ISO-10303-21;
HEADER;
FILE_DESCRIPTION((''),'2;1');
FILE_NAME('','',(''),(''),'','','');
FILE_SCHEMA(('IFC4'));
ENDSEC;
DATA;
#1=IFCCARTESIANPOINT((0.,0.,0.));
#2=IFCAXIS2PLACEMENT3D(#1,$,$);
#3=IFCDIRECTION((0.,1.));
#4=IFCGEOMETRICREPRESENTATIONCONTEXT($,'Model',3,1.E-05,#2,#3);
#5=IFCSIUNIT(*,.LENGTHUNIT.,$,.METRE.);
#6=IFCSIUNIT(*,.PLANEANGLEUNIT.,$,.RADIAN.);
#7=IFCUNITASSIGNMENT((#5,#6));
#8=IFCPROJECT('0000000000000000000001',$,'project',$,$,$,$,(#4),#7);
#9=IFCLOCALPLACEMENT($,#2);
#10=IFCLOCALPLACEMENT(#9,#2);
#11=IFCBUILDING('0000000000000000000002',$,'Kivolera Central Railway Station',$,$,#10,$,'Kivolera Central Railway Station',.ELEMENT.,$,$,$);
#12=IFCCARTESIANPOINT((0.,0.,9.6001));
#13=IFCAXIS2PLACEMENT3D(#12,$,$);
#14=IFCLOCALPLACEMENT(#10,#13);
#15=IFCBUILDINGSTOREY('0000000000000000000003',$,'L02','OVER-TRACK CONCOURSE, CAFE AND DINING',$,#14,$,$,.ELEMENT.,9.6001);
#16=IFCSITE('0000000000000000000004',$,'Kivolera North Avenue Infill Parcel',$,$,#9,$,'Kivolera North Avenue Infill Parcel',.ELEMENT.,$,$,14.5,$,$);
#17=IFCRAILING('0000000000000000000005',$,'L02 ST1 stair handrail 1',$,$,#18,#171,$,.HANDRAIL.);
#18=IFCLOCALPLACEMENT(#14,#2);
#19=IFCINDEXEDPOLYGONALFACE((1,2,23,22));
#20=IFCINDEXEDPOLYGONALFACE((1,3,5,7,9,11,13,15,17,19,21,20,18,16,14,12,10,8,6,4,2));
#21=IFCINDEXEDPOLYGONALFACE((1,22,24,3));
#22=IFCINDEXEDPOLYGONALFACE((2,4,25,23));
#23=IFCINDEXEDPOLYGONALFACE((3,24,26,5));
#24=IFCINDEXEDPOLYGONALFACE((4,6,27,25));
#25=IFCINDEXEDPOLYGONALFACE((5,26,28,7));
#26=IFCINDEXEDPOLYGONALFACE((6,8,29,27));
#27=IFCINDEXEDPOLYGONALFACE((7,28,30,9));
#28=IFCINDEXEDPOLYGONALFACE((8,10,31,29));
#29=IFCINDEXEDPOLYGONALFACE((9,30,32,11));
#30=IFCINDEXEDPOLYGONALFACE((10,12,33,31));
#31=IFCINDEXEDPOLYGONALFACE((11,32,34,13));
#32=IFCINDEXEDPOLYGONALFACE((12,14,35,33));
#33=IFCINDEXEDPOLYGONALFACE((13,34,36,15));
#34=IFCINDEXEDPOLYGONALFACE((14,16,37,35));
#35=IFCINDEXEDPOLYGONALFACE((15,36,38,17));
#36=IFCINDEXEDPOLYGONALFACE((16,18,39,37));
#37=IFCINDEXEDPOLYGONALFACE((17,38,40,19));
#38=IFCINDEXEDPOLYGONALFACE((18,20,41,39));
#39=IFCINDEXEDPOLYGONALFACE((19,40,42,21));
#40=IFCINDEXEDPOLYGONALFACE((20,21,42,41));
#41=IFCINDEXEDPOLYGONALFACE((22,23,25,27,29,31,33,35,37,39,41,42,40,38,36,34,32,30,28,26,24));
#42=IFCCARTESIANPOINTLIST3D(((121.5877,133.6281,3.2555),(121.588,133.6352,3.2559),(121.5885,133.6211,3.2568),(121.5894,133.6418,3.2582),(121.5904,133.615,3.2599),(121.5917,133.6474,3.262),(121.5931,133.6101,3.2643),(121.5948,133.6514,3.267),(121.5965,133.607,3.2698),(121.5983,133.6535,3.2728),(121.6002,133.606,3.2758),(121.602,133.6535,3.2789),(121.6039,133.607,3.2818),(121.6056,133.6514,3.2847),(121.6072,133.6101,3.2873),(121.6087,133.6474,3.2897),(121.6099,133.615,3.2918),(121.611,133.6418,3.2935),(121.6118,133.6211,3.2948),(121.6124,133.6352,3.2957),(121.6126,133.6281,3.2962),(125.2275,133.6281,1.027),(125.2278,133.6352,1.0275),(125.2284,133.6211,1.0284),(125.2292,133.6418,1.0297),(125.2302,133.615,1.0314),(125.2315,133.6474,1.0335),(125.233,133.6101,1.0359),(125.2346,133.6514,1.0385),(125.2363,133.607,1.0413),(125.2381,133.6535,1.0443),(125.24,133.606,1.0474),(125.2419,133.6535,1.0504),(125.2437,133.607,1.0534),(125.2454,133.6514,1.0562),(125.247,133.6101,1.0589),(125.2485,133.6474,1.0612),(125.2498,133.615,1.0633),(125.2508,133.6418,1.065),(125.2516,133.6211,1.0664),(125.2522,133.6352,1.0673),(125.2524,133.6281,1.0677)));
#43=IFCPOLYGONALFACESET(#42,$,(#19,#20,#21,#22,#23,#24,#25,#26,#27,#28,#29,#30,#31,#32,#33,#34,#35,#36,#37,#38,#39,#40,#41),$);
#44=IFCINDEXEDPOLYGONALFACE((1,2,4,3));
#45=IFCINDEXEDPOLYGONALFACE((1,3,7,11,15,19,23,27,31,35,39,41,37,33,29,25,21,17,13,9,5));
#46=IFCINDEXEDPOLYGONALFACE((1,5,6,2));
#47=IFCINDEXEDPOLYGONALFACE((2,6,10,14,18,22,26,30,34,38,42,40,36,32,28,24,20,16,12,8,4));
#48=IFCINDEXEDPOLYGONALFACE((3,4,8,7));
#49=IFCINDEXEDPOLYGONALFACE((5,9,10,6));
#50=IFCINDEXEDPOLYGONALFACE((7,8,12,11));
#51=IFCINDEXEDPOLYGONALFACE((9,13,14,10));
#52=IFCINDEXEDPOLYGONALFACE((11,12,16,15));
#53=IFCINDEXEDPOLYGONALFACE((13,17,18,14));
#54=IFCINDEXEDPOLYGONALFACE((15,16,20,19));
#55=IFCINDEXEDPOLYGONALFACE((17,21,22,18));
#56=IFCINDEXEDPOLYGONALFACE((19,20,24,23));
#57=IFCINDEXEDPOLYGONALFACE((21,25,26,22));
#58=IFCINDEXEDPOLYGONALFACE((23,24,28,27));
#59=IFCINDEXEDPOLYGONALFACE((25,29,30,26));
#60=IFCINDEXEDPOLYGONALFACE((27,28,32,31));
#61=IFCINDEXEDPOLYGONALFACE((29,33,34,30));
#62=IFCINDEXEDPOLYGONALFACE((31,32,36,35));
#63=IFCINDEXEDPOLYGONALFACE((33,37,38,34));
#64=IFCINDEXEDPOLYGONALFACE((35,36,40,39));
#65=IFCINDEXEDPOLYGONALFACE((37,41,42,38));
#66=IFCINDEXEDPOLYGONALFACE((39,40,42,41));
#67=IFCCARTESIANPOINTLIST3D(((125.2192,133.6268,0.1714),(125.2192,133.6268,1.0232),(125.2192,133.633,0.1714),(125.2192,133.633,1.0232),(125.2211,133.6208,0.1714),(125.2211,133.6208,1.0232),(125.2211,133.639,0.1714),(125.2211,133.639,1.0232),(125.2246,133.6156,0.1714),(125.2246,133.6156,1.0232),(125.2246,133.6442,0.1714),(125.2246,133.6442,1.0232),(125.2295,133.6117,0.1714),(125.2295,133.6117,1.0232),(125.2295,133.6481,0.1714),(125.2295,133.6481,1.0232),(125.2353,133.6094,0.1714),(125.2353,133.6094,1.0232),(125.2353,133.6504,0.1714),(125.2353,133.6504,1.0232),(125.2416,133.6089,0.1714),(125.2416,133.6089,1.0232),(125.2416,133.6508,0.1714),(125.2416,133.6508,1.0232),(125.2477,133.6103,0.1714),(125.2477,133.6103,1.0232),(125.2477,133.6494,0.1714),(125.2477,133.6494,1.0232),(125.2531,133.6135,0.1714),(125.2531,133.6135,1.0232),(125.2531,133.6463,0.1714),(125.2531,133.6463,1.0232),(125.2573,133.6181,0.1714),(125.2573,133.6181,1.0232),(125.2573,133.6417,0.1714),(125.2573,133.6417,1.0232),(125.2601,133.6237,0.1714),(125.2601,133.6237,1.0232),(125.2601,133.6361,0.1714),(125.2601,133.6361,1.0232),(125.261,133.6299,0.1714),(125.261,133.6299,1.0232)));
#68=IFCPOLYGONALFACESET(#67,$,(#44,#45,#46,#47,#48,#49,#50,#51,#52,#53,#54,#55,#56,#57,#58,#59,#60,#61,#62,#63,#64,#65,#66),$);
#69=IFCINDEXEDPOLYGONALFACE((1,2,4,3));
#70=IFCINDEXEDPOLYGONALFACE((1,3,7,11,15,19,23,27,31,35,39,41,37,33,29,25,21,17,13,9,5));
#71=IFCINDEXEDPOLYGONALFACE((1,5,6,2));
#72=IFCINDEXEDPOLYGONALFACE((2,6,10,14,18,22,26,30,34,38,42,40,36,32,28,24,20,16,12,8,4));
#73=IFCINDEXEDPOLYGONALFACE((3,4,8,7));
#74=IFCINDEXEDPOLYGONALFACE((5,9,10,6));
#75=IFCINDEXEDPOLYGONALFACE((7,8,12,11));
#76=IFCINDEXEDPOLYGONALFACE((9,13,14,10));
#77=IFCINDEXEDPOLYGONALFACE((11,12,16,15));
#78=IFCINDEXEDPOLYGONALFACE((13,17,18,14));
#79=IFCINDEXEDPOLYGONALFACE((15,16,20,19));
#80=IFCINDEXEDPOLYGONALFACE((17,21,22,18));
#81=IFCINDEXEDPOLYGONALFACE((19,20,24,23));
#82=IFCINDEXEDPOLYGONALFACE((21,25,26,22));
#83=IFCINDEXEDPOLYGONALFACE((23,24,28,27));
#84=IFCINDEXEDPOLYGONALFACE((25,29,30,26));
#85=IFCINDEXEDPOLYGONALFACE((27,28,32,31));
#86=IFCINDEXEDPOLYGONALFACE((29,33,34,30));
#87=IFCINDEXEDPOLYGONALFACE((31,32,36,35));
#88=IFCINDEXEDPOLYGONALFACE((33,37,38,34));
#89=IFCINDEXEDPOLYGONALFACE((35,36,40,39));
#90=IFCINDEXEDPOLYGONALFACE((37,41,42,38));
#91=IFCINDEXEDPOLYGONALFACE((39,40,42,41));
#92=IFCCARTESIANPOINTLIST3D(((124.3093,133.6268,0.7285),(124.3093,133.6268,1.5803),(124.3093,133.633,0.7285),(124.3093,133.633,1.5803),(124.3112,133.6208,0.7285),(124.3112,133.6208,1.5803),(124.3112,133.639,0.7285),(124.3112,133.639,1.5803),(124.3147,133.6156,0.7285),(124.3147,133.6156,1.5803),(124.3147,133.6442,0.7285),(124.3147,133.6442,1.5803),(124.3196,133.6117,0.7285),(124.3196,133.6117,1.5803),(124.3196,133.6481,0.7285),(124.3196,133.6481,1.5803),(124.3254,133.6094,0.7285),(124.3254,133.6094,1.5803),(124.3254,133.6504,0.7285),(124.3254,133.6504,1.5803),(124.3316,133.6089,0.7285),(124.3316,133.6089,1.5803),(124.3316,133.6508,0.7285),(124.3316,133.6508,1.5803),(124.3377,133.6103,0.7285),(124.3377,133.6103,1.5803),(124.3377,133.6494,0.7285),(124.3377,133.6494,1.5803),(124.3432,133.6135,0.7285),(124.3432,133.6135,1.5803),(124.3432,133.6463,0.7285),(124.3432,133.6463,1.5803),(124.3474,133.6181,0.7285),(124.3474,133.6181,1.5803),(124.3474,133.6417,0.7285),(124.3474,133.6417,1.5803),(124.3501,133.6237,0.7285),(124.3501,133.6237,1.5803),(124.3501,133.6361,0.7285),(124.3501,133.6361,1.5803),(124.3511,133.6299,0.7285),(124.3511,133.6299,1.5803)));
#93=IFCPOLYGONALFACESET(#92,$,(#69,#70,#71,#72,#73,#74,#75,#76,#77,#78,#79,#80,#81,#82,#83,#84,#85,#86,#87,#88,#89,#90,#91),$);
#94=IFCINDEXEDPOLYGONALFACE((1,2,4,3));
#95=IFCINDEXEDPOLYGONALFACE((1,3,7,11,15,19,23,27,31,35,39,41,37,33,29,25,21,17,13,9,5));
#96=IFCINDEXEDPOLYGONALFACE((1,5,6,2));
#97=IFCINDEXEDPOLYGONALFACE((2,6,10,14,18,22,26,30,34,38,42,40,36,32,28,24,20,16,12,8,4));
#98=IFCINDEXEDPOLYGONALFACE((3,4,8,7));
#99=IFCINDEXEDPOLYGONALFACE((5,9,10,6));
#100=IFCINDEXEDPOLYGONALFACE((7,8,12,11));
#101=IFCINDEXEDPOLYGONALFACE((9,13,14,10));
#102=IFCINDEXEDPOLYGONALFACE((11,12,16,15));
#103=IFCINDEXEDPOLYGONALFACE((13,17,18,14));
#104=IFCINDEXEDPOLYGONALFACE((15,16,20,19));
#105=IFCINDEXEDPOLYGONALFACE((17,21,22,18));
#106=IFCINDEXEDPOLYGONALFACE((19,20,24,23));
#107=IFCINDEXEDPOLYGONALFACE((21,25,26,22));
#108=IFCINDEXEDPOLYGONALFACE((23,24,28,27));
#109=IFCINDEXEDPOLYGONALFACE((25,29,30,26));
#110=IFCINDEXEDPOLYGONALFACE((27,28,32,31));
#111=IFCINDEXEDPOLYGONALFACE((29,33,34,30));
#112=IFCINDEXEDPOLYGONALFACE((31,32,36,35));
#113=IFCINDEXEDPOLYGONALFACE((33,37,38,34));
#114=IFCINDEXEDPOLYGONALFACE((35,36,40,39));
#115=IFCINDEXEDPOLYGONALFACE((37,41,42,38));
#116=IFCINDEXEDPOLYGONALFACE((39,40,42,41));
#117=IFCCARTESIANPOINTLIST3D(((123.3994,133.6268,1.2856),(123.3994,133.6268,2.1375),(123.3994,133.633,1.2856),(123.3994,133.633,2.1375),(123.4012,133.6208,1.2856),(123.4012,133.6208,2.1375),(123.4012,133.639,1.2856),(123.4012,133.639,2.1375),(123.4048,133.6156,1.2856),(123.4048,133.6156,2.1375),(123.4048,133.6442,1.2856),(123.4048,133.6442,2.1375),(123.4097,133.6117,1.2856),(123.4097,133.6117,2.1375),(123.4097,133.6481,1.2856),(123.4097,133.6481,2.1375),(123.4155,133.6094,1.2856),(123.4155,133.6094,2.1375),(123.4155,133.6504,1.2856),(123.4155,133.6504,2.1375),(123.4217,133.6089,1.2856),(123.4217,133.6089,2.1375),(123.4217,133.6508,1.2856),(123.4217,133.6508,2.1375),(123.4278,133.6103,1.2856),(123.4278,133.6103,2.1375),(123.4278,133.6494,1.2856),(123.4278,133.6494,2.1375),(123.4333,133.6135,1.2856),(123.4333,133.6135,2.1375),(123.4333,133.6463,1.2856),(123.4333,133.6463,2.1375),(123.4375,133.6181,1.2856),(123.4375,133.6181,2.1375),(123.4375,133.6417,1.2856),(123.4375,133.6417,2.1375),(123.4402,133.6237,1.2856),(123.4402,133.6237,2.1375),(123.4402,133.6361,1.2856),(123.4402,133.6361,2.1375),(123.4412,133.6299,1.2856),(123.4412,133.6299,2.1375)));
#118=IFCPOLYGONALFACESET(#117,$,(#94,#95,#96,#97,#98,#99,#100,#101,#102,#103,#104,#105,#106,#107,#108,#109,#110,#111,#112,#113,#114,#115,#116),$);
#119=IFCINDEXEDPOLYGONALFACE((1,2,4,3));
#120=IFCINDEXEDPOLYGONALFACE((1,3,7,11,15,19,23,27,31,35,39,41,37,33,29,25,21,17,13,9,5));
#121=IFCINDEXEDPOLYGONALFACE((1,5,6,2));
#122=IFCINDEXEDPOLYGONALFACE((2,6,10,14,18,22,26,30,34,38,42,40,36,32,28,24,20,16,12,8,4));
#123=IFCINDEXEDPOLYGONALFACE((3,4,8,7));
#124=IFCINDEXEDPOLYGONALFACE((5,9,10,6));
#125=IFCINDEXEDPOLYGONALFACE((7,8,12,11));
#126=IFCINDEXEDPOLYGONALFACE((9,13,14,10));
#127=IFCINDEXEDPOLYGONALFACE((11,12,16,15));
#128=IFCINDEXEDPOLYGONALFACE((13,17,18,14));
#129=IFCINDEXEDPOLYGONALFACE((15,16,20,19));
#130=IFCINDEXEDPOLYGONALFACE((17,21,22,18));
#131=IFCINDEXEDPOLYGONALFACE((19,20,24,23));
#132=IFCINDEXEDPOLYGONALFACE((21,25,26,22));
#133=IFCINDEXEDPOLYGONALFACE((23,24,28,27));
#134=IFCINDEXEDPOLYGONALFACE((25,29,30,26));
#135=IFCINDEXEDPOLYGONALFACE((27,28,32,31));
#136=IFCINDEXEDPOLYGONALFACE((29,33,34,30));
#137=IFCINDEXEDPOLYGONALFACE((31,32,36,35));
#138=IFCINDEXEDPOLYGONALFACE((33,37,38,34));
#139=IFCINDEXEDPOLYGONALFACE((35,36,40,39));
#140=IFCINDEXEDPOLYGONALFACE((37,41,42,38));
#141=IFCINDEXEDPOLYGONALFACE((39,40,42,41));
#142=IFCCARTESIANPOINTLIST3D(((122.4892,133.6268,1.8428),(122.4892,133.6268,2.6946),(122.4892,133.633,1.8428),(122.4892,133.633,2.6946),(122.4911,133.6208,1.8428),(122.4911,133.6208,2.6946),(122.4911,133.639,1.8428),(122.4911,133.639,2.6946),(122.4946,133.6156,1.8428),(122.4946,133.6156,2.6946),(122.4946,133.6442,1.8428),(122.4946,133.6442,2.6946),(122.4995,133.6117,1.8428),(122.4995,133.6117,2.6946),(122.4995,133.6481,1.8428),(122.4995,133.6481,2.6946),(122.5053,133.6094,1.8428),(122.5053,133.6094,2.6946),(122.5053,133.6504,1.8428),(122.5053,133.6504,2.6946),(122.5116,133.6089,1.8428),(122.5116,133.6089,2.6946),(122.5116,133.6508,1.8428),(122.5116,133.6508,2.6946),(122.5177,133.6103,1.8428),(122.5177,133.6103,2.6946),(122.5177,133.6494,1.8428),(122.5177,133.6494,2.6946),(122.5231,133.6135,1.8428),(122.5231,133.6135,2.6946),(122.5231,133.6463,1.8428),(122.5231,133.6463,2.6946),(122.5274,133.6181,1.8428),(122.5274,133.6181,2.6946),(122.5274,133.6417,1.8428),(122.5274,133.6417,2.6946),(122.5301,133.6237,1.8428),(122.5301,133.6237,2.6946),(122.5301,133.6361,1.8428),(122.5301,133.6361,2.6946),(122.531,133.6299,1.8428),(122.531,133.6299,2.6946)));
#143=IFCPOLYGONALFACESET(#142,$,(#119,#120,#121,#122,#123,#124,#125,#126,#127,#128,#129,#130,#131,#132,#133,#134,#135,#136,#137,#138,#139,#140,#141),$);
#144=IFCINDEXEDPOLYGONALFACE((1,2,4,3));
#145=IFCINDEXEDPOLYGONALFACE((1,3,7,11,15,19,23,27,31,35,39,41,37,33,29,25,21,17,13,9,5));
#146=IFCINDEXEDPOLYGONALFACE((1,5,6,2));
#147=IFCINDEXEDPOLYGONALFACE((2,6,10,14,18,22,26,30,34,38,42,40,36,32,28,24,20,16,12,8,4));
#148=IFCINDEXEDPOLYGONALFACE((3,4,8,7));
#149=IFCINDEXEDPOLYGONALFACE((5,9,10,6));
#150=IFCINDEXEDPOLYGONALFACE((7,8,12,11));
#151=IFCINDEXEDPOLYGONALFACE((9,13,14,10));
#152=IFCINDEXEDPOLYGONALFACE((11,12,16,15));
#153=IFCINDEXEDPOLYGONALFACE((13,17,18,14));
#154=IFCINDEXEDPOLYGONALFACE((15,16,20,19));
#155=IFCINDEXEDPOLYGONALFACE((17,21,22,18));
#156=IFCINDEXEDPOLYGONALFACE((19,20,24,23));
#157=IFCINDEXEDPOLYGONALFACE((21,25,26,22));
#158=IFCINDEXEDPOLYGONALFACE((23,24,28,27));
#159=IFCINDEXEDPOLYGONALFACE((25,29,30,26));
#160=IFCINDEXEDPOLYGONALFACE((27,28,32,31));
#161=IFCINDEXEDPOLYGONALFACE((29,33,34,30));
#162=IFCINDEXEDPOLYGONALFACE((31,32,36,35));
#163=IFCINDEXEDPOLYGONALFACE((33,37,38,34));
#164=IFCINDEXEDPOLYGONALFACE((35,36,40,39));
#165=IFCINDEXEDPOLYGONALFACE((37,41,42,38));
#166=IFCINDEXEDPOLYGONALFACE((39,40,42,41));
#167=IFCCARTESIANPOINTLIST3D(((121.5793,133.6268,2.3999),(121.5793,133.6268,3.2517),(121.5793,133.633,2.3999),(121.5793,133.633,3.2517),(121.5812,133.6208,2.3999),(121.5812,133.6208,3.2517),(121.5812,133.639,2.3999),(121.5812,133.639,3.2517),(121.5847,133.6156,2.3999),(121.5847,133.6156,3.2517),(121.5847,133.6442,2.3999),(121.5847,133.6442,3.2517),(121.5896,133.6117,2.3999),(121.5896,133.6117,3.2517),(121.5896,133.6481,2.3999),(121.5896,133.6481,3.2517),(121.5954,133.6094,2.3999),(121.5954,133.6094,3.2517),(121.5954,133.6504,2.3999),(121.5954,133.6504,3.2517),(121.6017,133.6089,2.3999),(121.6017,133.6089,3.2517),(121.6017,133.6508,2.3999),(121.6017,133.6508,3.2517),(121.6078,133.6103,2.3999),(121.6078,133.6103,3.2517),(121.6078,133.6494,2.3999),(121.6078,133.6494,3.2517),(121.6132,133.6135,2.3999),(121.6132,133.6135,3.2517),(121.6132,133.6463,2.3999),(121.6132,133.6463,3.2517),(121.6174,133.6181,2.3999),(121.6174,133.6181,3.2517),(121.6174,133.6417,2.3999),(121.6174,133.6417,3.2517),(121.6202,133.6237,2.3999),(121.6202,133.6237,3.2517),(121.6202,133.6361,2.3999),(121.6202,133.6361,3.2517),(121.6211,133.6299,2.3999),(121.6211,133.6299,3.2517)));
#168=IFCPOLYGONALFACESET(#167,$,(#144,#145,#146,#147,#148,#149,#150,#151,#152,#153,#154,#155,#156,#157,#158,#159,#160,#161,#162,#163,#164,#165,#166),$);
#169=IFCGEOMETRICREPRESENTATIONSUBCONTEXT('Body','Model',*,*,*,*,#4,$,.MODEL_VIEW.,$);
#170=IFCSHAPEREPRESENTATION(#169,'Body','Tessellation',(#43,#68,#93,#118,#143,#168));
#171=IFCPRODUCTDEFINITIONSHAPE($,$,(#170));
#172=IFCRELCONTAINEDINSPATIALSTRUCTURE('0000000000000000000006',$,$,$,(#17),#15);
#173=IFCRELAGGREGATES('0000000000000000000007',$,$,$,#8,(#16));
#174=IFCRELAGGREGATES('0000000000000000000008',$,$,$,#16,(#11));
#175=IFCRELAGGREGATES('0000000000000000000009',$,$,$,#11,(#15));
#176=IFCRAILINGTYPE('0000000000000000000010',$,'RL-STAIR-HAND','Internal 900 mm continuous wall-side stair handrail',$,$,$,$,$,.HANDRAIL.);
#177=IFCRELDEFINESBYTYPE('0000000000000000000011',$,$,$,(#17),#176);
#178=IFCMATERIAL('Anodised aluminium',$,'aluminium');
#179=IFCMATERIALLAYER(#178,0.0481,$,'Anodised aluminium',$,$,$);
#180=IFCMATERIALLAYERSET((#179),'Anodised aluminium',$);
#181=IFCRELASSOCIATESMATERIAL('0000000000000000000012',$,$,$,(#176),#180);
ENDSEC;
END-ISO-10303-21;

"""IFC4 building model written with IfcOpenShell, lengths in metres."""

from ifc_helpers import new_model, si_unit, direction, frame, origin, origin_2d, place, context, subcontext, project, spatial, circle, extrude, material, layer, layer_set, type_object, element, save


model = new_model("IFC4")

# Units and contexts
model_context = context("Model", 3, precision=1e-05, world=origin(), true_north=direction((0.0, 1.0)))
body_context = subcontext(model_context, "Body", "Model", "MODEL_VIEW")
ifc_project = project(units=[si_unit("LENGTHUNIT", "METRE"), si_unit("PLANEANGLEUNIT", "RADIAN")], contexts=[model_context])

# Site, building, storey
site_placement = place(None, origin())
site = spatial("IfcSite", under=ifc_project, at=site_placement, Name="Kivolera North Avenue Infill Parcel", LongName="Kivolera North Avenue Infill Parcel", CompositionType="ELEMENT", RefElevation=14.5)
building_placement = place(site_placement, origin())
building = spatial("IfcBuilding", under=site, at=building_placement, Name="Kivolera Central Railway Station", LongName="Kivolera Central Railway Station", CompositionType="ELEMENT")
storey_placement = place(building_placement, frame((0.0, 0.0, 9.6001)))
storey = spatial("IfcBuildingStorey", under=building, at=storey_placement, Name="L02", Description="OVER-TRACK CONCOURSE, CAFE AND DINING", CompositionType="ELEMENT", Elevation=9.6001)

# Shared definitions
ifc_material_1 = material(Name="Anodised aluminium", Category="aluminium")

# Railing
ifc_layer_1 = layer(ifc_material_1, 0.0481, Name="Anodised aluminium")
ifc_layer_set_1 = layer_set([ifc_layer_1], Name="Anodised aluminium")
railing_type_1 = type_object("IfcRailingType", Name="RL-STAIR-HAND", Description="Internal 900 mm continuous wall-side stair handrail", PredefinedType="HANDRAIL", material=ifc_layer_set_1)
railing_1_placement = place(storey_placement, frame((125.24, 133.6299, 0.1714)))
element("IfcRailing", 1, at=railing_1_placement, inside=storey, type_object=railing_type_1, Name="L02 ST1 stair handrail 1", PredefinedType="HANDRAIL", context=body_context, shape_type="SweptSolid", body=[
    extrude(circle(Radius=0.0239, at=origin_2d()), frame((0.0, 0.0, 0.876), z_axis=(-0.85285, 0.0, 0.522156), x_axis=(0.0, -1.0, 0.0)), (0.0, 0.0, 1.0), 4.2678),
    extrude(circle(Radius=0.021, at=origin_2d()), origin(), (0.0, 0.0, 1.0), 0.8518),
    extrude(circle(Radius=0.021, at=origin_2d()), frame((-0.9099, 0.0, 0.5571)), (0.0, 0.0, 1.0), 0.8518),
    extrude(circle(Radius=0.021, at=origin_2d()), frame((-1.8198, 0.0, 1.1143)), (0.0, 0.0, 1.0), 0.8518),
    extrude(circle(Radius=0.021, at=origin_2d()), frame((-2.73, 0.0, 1.6714)), (0.0, 0.0, 1.0), 0.8518),
    extrude(circle(Radius=0.021, at=origin_2d()), frame((-3.6399, 0.0, 2.2285)), (0.0, 0.0, 1.0), 0.8518),
])

save(model, "model.ifc")
